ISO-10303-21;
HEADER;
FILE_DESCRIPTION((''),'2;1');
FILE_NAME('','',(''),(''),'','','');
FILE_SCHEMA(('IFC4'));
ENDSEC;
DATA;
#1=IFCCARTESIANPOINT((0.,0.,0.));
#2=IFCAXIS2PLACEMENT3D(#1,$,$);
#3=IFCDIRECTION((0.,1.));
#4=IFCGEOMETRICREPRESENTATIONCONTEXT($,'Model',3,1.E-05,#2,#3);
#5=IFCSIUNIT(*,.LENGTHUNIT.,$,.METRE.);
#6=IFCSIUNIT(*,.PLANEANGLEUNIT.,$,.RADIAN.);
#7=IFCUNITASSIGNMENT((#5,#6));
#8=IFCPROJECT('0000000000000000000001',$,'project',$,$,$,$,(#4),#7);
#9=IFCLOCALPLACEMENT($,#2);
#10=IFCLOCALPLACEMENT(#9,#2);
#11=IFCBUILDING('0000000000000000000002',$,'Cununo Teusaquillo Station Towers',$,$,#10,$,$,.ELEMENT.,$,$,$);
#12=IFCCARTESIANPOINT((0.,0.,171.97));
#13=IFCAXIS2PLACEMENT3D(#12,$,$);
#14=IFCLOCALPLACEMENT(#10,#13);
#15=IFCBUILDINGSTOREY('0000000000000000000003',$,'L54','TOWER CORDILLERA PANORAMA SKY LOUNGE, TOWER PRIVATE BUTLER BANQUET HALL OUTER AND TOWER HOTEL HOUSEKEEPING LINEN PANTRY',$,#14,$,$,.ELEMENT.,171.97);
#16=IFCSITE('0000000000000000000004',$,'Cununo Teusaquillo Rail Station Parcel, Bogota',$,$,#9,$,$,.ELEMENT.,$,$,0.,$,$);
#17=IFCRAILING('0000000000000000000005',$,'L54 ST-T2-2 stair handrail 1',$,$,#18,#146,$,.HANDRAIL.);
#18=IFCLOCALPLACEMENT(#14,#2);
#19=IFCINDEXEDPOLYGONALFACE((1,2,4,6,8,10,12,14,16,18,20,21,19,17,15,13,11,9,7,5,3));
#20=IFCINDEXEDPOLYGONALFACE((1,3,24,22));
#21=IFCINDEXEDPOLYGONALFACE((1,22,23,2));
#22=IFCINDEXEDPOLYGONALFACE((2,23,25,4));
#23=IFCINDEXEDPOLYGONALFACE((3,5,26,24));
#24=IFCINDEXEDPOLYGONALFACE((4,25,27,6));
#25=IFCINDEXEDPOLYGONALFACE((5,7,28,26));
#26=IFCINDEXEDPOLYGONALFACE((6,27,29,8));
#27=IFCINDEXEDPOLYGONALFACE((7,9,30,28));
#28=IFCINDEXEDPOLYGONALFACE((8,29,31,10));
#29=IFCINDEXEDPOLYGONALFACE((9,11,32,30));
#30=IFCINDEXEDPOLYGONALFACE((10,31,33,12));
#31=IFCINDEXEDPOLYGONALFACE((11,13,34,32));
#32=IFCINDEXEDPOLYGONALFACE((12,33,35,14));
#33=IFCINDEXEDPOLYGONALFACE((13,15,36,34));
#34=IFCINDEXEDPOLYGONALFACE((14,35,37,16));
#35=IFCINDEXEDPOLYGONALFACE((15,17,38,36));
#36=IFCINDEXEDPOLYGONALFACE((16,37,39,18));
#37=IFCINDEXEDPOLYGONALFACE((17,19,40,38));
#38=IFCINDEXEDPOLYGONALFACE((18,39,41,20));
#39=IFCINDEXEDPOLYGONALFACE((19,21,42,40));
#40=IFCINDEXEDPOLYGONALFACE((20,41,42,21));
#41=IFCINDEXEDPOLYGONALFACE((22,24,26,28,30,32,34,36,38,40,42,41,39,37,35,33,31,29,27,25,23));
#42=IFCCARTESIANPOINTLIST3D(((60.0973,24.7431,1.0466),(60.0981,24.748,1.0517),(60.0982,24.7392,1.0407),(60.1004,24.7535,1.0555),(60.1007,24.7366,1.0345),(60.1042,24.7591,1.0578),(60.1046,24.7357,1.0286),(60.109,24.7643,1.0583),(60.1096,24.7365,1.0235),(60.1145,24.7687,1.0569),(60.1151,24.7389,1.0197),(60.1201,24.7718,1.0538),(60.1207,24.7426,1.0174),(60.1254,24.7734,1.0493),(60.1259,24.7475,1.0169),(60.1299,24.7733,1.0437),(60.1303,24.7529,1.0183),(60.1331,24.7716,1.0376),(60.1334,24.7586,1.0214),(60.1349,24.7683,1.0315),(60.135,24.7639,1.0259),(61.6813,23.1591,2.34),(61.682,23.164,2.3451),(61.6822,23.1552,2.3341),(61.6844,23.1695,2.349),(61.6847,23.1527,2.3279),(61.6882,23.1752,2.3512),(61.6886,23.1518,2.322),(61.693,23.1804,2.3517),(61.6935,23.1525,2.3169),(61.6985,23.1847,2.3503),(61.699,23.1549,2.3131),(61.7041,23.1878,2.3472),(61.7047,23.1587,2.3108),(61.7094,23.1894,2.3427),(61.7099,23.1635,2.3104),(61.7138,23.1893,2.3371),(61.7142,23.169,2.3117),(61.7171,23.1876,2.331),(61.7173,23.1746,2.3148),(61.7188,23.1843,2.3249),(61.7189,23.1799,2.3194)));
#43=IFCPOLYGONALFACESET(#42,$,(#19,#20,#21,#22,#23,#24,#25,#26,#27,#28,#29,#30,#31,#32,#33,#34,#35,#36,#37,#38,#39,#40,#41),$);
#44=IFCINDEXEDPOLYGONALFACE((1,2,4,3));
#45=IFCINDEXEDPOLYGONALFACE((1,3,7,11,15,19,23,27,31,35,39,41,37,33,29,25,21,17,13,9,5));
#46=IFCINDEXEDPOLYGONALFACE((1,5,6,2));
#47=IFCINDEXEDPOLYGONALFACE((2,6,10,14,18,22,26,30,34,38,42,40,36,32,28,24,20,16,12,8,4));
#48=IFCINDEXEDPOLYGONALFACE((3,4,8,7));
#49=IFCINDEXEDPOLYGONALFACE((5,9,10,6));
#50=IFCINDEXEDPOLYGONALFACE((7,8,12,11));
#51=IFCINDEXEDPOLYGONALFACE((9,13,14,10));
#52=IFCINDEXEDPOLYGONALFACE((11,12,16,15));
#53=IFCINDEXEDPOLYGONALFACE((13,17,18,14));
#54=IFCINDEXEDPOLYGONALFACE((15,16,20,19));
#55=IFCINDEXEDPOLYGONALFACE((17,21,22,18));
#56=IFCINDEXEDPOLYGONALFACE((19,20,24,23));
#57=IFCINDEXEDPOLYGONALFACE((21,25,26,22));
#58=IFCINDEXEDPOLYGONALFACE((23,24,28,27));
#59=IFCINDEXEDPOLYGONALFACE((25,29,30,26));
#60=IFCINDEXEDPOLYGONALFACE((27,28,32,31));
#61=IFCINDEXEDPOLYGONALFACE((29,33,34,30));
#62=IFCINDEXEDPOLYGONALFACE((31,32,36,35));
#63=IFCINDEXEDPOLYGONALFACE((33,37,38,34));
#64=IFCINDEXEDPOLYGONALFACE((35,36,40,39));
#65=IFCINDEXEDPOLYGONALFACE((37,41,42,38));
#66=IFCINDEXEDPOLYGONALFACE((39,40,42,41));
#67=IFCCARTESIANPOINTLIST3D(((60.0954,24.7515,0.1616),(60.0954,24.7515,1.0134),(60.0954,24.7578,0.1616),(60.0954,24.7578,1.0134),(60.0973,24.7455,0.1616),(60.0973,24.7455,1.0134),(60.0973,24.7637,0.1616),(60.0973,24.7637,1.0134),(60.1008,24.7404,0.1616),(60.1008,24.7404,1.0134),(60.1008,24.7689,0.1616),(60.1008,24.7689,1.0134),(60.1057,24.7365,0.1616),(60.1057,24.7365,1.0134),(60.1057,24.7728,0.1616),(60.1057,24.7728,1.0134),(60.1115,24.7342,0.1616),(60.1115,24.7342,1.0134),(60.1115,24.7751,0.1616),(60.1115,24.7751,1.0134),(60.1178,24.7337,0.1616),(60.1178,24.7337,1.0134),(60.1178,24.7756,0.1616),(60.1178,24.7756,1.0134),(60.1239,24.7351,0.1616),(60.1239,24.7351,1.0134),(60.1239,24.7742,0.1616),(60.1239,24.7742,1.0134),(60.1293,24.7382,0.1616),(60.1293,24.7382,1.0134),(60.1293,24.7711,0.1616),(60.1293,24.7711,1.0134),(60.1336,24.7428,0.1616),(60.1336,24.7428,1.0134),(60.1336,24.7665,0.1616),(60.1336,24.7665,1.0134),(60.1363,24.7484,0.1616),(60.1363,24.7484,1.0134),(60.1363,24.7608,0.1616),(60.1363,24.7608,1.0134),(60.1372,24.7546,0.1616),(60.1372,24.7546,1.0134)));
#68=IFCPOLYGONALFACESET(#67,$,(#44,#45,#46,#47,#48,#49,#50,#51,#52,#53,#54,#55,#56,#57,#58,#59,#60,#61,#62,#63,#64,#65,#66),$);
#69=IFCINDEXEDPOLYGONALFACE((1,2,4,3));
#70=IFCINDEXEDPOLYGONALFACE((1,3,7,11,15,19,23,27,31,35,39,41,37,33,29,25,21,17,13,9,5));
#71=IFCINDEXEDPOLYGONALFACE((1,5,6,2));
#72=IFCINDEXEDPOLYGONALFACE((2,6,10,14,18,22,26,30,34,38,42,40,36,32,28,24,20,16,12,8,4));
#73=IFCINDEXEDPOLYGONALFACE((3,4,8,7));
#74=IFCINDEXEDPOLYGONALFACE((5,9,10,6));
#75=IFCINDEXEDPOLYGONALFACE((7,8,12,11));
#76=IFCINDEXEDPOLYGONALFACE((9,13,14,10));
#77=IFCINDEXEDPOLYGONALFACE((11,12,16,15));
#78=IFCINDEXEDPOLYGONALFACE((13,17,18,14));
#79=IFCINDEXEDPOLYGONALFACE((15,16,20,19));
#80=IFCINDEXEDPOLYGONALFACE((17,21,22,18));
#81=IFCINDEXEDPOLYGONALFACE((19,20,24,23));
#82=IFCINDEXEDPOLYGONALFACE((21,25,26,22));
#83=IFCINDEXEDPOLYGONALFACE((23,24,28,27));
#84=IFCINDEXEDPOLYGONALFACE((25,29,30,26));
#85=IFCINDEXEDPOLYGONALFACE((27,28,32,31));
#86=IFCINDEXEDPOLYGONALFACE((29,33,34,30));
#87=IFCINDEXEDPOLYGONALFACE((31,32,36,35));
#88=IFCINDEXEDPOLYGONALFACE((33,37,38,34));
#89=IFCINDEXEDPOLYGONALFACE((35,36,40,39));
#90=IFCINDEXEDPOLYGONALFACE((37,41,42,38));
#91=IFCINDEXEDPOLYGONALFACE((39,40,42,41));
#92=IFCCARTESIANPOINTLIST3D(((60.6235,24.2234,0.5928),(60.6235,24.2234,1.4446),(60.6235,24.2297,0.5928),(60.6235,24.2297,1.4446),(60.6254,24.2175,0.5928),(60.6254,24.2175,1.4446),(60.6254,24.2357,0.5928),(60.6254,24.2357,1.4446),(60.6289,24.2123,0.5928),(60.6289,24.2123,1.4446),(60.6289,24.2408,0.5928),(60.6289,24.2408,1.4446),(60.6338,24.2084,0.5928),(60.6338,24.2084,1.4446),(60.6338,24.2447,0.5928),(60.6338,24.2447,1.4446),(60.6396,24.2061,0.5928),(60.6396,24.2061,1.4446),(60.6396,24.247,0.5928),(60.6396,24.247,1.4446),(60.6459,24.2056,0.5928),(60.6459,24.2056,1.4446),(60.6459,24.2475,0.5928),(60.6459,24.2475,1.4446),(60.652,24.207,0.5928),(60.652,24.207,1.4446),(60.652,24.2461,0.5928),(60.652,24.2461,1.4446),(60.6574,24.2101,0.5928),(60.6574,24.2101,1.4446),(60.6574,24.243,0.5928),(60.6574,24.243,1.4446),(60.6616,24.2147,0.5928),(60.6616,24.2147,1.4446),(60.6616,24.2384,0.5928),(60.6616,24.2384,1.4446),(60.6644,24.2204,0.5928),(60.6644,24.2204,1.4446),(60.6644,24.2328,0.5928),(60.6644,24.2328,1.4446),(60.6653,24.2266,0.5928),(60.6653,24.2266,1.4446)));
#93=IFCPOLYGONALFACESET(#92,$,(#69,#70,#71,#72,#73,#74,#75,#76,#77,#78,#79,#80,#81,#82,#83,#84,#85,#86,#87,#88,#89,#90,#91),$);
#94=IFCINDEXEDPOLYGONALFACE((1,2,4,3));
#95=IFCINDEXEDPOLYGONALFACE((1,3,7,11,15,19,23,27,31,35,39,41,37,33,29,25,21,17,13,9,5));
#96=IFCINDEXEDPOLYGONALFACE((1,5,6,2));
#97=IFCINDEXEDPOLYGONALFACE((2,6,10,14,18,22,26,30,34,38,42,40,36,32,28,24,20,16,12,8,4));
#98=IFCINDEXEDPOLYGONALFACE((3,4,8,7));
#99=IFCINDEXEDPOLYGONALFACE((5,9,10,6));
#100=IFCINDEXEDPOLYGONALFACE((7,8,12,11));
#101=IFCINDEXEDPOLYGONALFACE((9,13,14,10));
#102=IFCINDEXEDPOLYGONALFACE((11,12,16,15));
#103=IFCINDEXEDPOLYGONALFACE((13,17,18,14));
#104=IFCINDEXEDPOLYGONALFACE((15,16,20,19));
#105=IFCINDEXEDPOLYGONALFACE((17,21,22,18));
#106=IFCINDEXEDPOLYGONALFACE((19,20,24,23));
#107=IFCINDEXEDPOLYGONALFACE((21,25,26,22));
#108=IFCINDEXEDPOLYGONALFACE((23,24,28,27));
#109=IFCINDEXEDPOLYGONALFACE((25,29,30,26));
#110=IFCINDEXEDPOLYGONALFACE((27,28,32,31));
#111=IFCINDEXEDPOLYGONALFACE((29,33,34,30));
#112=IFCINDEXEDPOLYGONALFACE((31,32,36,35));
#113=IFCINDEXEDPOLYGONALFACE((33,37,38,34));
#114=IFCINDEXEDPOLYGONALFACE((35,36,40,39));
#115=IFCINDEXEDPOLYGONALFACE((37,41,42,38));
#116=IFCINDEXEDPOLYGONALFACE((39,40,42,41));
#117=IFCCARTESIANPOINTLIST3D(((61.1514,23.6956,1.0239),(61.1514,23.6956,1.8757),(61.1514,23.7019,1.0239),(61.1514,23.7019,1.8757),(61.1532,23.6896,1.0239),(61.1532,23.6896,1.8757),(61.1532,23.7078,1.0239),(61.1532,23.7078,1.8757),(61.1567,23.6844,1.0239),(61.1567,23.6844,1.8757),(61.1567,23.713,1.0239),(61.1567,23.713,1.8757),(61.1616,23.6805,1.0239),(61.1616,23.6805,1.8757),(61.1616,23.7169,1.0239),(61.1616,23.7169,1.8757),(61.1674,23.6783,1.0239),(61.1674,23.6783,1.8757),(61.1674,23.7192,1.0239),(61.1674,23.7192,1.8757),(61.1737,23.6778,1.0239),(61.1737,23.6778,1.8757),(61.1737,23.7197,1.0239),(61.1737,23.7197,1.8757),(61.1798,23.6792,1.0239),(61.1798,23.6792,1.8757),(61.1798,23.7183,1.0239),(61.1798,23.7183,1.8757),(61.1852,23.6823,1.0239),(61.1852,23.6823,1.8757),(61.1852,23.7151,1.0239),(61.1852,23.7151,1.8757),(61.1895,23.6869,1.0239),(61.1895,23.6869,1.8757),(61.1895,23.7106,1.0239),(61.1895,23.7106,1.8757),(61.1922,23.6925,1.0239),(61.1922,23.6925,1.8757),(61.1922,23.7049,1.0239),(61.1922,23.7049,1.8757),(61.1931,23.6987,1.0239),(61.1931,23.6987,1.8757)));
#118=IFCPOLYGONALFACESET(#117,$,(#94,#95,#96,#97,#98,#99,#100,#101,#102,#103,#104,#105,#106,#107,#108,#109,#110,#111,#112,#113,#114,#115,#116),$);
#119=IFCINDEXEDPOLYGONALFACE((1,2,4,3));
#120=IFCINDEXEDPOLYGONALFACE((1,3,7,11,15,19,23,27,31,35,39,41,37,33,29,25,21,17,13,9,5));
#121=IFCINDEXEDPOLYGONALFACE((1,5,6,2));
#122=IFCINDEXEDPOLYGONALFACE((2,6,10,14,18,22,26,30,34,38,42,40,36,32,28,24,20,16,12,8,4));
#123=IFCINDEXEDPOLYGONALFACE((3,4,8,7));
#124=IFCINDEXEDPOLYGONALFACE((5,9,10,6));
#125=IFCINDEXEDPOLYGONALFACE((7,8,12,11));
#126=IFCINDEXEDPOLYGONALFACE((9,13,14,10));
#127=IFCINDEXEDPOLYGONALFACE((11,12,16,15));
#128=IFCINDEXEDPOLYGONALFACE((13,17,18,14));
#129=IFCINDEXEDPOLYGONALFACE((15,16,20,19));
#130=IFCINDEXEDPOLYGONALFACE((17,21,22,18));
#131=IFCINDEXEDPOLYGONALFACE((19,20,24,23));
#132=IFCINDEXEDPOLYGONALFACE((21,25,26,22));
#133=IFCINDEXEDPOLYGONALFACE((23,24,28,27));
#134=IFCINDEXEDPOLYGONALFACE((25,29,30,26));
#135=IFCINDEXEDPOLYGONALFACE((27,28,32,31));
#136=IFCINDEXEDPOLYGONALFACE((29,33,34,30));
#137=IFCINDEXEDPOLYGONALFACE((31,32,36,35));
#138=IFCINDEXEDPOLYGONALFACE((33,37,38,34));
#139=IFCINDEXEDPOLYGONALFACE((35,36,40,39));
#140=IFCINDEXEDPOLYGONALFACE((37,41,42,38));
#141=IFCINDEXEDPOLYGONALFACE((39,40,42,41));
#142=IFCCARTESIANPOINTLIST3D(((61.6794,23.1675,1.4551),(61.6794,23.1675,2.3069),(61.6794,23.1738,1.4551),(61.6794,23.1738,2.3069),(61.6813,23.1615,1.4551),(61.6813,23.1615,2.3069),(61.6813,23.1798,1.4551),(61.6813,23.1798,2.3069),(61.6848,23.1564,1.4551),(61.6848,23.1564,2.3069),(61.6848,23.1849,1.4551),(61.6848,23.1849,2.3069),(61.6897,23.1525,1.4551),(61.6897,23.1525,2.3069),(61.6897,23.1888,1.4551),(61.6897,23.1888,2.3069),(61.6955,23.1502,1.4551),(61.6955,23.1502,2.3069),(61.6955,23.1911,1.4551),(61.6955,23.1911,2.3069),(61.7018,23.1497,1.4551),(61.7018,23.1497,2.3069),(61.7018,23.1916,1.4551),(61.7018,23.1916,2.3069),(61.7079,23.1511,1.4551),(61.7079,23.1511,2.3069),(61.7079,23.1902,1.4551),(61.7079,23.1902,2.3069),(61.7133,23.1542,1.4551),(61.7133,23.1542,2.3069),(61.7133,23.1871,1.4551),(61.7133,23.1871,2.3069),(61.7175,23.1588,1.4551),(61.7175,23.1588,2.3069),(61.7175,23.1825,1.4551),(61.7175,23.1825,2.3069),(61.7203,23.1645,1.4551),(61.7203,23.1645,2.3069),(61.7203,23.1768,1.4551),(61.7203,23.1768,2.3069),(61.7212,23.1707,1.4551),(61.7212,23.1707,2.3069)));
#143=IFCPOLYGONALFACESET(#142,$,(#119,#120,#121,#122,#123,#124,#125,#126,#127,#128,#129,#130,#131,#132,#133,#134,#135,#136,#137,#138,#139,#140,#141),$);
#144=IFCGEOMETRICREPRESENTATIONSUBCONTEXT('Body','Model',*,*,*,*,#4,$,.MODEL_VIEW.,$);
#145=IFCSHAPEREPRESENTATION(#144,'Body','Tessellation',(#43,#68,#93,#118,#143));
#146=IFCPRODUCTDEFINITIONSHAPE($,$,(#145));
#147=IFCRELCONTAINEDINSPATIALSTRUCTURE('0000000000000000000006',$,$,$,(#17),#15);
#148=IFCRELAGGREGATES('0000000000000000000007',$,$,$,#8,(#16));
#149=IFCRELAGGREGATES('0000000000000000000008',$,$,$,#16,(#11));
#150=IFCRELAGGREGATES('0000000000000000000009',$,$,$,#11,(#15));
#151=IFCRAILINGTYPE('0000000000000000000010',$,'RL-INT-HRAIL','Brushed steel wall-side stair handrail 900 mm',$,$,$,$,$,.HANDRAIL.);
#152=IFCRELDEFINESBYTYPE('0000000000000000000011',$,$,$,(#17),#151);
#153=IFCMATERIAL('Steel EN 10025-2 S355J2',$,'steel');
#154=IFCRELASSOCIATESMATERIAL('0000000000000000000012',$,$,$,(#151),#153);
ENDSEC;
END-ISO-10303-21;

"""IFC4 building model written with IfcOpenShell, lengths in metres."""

from ifc_helpers import new_model, si_unit, direction, frame, origin, origin_2d, place, context, subcontext, project, spatial, circle, extrude, material, type_object, element, save


model = new_model("IFC4")

# Units and contexts
model_context = context("Model", 3, precision=1e-05, world=origin(), true_north=direction((0.0, 1.0)))
body_context = subcontext(model_context, "Body", "Model", "MODEL_VIEW")
ifc_project = project(units=[si_unit("LENGTHUNIT", "METRE"), si_unit("PLANEANGLEUNIT", "RADIAN")], contexts=[model_context])

# Site, building, storey
site_placement = place(None, origin())
site = spatial("IfcSite", under=ifc_project, at=site_placement, Name="Cununo Teusaquillo Rail Station Parcel, Bogota", CompositionType="ELEMENT", RefElevation=0.0)
building_placement = place(site_placement, origin())
building = spatial("IfcBuilding", under=site, at=building_placement, Name="Cununo Teusaquillo Station Towers", CompositionType="ELEMENT")
storey_placement = place(building_placement, frame((0.0, 0.0, 171.97)))
storey = spatial("IfcBuildingStorey", under=building, at=storey_placement, Name="L54", Description="TOWER CORDILLERA PANORAMA SKY LOUNGE, TOWER PRIVATE BUTLER BANQUET HALL OUTER AND TOWER HOTEL HOUSEKEEPING LINEN PANTRY", CompositionType="ELEMENT", Elevation=171.97)

# Railing
ifc_material_1 = material(Name="Steel EN 10025-2 S355J2", Category="steel")
railing_type_1 = type_object("IfcRailingType", Name="RL-INT-HRAIL", Description="Brushed steel wall-side stair handrail 900 mm", PredefinedType="HANDRAIL", material=ifc_material_1)
railing_1_placement = place(storey_placement, frame((60.1162, 24.7546, 0.1616)))
element("IfcRailing", 1, at=railing_1_placement, inside=storey, type_object=railing_type_1, Name="L54 ST-T2-2 stair handrail 1", PredefinedType="HANDRAIL", context=body_context, shape_type="SweptSolid", body=[
    extrude(circle(Radius=0.0239, at=origin_2d()), frame((0.0, 0.0, 0.876), z_axis=(0.612356, -0.612356, 0.50004), x_axis=(0.707107, 0.707107, 0.0)), (0.0, 0.0, 1.0), 2.5867),
    extrude(circle(Radius=0.021, at=origin_2d()), origin(), (0.0, 0.0, 1.0), 0.8518),
    extrude(circle(Radius=0.021, at=origin_2d()), frame((0.5281, -0.5281, 0.4312)), (0.0, 0.0, 1.0), 0.8518),
    extrude(circle(Radius=0.021, at=origin_2d()), frame((1.0559, -1.0559, 0.8623)), (0.0, 0.0, 1.0), 0.8518),
    extrude(circle(Radius=0.021, at=origin_2d()), frame((1.584, -1.584, 1.2935)), (0.0, 0.0, 1.0), 0.8518),
])

save(model, "model.ifc")
